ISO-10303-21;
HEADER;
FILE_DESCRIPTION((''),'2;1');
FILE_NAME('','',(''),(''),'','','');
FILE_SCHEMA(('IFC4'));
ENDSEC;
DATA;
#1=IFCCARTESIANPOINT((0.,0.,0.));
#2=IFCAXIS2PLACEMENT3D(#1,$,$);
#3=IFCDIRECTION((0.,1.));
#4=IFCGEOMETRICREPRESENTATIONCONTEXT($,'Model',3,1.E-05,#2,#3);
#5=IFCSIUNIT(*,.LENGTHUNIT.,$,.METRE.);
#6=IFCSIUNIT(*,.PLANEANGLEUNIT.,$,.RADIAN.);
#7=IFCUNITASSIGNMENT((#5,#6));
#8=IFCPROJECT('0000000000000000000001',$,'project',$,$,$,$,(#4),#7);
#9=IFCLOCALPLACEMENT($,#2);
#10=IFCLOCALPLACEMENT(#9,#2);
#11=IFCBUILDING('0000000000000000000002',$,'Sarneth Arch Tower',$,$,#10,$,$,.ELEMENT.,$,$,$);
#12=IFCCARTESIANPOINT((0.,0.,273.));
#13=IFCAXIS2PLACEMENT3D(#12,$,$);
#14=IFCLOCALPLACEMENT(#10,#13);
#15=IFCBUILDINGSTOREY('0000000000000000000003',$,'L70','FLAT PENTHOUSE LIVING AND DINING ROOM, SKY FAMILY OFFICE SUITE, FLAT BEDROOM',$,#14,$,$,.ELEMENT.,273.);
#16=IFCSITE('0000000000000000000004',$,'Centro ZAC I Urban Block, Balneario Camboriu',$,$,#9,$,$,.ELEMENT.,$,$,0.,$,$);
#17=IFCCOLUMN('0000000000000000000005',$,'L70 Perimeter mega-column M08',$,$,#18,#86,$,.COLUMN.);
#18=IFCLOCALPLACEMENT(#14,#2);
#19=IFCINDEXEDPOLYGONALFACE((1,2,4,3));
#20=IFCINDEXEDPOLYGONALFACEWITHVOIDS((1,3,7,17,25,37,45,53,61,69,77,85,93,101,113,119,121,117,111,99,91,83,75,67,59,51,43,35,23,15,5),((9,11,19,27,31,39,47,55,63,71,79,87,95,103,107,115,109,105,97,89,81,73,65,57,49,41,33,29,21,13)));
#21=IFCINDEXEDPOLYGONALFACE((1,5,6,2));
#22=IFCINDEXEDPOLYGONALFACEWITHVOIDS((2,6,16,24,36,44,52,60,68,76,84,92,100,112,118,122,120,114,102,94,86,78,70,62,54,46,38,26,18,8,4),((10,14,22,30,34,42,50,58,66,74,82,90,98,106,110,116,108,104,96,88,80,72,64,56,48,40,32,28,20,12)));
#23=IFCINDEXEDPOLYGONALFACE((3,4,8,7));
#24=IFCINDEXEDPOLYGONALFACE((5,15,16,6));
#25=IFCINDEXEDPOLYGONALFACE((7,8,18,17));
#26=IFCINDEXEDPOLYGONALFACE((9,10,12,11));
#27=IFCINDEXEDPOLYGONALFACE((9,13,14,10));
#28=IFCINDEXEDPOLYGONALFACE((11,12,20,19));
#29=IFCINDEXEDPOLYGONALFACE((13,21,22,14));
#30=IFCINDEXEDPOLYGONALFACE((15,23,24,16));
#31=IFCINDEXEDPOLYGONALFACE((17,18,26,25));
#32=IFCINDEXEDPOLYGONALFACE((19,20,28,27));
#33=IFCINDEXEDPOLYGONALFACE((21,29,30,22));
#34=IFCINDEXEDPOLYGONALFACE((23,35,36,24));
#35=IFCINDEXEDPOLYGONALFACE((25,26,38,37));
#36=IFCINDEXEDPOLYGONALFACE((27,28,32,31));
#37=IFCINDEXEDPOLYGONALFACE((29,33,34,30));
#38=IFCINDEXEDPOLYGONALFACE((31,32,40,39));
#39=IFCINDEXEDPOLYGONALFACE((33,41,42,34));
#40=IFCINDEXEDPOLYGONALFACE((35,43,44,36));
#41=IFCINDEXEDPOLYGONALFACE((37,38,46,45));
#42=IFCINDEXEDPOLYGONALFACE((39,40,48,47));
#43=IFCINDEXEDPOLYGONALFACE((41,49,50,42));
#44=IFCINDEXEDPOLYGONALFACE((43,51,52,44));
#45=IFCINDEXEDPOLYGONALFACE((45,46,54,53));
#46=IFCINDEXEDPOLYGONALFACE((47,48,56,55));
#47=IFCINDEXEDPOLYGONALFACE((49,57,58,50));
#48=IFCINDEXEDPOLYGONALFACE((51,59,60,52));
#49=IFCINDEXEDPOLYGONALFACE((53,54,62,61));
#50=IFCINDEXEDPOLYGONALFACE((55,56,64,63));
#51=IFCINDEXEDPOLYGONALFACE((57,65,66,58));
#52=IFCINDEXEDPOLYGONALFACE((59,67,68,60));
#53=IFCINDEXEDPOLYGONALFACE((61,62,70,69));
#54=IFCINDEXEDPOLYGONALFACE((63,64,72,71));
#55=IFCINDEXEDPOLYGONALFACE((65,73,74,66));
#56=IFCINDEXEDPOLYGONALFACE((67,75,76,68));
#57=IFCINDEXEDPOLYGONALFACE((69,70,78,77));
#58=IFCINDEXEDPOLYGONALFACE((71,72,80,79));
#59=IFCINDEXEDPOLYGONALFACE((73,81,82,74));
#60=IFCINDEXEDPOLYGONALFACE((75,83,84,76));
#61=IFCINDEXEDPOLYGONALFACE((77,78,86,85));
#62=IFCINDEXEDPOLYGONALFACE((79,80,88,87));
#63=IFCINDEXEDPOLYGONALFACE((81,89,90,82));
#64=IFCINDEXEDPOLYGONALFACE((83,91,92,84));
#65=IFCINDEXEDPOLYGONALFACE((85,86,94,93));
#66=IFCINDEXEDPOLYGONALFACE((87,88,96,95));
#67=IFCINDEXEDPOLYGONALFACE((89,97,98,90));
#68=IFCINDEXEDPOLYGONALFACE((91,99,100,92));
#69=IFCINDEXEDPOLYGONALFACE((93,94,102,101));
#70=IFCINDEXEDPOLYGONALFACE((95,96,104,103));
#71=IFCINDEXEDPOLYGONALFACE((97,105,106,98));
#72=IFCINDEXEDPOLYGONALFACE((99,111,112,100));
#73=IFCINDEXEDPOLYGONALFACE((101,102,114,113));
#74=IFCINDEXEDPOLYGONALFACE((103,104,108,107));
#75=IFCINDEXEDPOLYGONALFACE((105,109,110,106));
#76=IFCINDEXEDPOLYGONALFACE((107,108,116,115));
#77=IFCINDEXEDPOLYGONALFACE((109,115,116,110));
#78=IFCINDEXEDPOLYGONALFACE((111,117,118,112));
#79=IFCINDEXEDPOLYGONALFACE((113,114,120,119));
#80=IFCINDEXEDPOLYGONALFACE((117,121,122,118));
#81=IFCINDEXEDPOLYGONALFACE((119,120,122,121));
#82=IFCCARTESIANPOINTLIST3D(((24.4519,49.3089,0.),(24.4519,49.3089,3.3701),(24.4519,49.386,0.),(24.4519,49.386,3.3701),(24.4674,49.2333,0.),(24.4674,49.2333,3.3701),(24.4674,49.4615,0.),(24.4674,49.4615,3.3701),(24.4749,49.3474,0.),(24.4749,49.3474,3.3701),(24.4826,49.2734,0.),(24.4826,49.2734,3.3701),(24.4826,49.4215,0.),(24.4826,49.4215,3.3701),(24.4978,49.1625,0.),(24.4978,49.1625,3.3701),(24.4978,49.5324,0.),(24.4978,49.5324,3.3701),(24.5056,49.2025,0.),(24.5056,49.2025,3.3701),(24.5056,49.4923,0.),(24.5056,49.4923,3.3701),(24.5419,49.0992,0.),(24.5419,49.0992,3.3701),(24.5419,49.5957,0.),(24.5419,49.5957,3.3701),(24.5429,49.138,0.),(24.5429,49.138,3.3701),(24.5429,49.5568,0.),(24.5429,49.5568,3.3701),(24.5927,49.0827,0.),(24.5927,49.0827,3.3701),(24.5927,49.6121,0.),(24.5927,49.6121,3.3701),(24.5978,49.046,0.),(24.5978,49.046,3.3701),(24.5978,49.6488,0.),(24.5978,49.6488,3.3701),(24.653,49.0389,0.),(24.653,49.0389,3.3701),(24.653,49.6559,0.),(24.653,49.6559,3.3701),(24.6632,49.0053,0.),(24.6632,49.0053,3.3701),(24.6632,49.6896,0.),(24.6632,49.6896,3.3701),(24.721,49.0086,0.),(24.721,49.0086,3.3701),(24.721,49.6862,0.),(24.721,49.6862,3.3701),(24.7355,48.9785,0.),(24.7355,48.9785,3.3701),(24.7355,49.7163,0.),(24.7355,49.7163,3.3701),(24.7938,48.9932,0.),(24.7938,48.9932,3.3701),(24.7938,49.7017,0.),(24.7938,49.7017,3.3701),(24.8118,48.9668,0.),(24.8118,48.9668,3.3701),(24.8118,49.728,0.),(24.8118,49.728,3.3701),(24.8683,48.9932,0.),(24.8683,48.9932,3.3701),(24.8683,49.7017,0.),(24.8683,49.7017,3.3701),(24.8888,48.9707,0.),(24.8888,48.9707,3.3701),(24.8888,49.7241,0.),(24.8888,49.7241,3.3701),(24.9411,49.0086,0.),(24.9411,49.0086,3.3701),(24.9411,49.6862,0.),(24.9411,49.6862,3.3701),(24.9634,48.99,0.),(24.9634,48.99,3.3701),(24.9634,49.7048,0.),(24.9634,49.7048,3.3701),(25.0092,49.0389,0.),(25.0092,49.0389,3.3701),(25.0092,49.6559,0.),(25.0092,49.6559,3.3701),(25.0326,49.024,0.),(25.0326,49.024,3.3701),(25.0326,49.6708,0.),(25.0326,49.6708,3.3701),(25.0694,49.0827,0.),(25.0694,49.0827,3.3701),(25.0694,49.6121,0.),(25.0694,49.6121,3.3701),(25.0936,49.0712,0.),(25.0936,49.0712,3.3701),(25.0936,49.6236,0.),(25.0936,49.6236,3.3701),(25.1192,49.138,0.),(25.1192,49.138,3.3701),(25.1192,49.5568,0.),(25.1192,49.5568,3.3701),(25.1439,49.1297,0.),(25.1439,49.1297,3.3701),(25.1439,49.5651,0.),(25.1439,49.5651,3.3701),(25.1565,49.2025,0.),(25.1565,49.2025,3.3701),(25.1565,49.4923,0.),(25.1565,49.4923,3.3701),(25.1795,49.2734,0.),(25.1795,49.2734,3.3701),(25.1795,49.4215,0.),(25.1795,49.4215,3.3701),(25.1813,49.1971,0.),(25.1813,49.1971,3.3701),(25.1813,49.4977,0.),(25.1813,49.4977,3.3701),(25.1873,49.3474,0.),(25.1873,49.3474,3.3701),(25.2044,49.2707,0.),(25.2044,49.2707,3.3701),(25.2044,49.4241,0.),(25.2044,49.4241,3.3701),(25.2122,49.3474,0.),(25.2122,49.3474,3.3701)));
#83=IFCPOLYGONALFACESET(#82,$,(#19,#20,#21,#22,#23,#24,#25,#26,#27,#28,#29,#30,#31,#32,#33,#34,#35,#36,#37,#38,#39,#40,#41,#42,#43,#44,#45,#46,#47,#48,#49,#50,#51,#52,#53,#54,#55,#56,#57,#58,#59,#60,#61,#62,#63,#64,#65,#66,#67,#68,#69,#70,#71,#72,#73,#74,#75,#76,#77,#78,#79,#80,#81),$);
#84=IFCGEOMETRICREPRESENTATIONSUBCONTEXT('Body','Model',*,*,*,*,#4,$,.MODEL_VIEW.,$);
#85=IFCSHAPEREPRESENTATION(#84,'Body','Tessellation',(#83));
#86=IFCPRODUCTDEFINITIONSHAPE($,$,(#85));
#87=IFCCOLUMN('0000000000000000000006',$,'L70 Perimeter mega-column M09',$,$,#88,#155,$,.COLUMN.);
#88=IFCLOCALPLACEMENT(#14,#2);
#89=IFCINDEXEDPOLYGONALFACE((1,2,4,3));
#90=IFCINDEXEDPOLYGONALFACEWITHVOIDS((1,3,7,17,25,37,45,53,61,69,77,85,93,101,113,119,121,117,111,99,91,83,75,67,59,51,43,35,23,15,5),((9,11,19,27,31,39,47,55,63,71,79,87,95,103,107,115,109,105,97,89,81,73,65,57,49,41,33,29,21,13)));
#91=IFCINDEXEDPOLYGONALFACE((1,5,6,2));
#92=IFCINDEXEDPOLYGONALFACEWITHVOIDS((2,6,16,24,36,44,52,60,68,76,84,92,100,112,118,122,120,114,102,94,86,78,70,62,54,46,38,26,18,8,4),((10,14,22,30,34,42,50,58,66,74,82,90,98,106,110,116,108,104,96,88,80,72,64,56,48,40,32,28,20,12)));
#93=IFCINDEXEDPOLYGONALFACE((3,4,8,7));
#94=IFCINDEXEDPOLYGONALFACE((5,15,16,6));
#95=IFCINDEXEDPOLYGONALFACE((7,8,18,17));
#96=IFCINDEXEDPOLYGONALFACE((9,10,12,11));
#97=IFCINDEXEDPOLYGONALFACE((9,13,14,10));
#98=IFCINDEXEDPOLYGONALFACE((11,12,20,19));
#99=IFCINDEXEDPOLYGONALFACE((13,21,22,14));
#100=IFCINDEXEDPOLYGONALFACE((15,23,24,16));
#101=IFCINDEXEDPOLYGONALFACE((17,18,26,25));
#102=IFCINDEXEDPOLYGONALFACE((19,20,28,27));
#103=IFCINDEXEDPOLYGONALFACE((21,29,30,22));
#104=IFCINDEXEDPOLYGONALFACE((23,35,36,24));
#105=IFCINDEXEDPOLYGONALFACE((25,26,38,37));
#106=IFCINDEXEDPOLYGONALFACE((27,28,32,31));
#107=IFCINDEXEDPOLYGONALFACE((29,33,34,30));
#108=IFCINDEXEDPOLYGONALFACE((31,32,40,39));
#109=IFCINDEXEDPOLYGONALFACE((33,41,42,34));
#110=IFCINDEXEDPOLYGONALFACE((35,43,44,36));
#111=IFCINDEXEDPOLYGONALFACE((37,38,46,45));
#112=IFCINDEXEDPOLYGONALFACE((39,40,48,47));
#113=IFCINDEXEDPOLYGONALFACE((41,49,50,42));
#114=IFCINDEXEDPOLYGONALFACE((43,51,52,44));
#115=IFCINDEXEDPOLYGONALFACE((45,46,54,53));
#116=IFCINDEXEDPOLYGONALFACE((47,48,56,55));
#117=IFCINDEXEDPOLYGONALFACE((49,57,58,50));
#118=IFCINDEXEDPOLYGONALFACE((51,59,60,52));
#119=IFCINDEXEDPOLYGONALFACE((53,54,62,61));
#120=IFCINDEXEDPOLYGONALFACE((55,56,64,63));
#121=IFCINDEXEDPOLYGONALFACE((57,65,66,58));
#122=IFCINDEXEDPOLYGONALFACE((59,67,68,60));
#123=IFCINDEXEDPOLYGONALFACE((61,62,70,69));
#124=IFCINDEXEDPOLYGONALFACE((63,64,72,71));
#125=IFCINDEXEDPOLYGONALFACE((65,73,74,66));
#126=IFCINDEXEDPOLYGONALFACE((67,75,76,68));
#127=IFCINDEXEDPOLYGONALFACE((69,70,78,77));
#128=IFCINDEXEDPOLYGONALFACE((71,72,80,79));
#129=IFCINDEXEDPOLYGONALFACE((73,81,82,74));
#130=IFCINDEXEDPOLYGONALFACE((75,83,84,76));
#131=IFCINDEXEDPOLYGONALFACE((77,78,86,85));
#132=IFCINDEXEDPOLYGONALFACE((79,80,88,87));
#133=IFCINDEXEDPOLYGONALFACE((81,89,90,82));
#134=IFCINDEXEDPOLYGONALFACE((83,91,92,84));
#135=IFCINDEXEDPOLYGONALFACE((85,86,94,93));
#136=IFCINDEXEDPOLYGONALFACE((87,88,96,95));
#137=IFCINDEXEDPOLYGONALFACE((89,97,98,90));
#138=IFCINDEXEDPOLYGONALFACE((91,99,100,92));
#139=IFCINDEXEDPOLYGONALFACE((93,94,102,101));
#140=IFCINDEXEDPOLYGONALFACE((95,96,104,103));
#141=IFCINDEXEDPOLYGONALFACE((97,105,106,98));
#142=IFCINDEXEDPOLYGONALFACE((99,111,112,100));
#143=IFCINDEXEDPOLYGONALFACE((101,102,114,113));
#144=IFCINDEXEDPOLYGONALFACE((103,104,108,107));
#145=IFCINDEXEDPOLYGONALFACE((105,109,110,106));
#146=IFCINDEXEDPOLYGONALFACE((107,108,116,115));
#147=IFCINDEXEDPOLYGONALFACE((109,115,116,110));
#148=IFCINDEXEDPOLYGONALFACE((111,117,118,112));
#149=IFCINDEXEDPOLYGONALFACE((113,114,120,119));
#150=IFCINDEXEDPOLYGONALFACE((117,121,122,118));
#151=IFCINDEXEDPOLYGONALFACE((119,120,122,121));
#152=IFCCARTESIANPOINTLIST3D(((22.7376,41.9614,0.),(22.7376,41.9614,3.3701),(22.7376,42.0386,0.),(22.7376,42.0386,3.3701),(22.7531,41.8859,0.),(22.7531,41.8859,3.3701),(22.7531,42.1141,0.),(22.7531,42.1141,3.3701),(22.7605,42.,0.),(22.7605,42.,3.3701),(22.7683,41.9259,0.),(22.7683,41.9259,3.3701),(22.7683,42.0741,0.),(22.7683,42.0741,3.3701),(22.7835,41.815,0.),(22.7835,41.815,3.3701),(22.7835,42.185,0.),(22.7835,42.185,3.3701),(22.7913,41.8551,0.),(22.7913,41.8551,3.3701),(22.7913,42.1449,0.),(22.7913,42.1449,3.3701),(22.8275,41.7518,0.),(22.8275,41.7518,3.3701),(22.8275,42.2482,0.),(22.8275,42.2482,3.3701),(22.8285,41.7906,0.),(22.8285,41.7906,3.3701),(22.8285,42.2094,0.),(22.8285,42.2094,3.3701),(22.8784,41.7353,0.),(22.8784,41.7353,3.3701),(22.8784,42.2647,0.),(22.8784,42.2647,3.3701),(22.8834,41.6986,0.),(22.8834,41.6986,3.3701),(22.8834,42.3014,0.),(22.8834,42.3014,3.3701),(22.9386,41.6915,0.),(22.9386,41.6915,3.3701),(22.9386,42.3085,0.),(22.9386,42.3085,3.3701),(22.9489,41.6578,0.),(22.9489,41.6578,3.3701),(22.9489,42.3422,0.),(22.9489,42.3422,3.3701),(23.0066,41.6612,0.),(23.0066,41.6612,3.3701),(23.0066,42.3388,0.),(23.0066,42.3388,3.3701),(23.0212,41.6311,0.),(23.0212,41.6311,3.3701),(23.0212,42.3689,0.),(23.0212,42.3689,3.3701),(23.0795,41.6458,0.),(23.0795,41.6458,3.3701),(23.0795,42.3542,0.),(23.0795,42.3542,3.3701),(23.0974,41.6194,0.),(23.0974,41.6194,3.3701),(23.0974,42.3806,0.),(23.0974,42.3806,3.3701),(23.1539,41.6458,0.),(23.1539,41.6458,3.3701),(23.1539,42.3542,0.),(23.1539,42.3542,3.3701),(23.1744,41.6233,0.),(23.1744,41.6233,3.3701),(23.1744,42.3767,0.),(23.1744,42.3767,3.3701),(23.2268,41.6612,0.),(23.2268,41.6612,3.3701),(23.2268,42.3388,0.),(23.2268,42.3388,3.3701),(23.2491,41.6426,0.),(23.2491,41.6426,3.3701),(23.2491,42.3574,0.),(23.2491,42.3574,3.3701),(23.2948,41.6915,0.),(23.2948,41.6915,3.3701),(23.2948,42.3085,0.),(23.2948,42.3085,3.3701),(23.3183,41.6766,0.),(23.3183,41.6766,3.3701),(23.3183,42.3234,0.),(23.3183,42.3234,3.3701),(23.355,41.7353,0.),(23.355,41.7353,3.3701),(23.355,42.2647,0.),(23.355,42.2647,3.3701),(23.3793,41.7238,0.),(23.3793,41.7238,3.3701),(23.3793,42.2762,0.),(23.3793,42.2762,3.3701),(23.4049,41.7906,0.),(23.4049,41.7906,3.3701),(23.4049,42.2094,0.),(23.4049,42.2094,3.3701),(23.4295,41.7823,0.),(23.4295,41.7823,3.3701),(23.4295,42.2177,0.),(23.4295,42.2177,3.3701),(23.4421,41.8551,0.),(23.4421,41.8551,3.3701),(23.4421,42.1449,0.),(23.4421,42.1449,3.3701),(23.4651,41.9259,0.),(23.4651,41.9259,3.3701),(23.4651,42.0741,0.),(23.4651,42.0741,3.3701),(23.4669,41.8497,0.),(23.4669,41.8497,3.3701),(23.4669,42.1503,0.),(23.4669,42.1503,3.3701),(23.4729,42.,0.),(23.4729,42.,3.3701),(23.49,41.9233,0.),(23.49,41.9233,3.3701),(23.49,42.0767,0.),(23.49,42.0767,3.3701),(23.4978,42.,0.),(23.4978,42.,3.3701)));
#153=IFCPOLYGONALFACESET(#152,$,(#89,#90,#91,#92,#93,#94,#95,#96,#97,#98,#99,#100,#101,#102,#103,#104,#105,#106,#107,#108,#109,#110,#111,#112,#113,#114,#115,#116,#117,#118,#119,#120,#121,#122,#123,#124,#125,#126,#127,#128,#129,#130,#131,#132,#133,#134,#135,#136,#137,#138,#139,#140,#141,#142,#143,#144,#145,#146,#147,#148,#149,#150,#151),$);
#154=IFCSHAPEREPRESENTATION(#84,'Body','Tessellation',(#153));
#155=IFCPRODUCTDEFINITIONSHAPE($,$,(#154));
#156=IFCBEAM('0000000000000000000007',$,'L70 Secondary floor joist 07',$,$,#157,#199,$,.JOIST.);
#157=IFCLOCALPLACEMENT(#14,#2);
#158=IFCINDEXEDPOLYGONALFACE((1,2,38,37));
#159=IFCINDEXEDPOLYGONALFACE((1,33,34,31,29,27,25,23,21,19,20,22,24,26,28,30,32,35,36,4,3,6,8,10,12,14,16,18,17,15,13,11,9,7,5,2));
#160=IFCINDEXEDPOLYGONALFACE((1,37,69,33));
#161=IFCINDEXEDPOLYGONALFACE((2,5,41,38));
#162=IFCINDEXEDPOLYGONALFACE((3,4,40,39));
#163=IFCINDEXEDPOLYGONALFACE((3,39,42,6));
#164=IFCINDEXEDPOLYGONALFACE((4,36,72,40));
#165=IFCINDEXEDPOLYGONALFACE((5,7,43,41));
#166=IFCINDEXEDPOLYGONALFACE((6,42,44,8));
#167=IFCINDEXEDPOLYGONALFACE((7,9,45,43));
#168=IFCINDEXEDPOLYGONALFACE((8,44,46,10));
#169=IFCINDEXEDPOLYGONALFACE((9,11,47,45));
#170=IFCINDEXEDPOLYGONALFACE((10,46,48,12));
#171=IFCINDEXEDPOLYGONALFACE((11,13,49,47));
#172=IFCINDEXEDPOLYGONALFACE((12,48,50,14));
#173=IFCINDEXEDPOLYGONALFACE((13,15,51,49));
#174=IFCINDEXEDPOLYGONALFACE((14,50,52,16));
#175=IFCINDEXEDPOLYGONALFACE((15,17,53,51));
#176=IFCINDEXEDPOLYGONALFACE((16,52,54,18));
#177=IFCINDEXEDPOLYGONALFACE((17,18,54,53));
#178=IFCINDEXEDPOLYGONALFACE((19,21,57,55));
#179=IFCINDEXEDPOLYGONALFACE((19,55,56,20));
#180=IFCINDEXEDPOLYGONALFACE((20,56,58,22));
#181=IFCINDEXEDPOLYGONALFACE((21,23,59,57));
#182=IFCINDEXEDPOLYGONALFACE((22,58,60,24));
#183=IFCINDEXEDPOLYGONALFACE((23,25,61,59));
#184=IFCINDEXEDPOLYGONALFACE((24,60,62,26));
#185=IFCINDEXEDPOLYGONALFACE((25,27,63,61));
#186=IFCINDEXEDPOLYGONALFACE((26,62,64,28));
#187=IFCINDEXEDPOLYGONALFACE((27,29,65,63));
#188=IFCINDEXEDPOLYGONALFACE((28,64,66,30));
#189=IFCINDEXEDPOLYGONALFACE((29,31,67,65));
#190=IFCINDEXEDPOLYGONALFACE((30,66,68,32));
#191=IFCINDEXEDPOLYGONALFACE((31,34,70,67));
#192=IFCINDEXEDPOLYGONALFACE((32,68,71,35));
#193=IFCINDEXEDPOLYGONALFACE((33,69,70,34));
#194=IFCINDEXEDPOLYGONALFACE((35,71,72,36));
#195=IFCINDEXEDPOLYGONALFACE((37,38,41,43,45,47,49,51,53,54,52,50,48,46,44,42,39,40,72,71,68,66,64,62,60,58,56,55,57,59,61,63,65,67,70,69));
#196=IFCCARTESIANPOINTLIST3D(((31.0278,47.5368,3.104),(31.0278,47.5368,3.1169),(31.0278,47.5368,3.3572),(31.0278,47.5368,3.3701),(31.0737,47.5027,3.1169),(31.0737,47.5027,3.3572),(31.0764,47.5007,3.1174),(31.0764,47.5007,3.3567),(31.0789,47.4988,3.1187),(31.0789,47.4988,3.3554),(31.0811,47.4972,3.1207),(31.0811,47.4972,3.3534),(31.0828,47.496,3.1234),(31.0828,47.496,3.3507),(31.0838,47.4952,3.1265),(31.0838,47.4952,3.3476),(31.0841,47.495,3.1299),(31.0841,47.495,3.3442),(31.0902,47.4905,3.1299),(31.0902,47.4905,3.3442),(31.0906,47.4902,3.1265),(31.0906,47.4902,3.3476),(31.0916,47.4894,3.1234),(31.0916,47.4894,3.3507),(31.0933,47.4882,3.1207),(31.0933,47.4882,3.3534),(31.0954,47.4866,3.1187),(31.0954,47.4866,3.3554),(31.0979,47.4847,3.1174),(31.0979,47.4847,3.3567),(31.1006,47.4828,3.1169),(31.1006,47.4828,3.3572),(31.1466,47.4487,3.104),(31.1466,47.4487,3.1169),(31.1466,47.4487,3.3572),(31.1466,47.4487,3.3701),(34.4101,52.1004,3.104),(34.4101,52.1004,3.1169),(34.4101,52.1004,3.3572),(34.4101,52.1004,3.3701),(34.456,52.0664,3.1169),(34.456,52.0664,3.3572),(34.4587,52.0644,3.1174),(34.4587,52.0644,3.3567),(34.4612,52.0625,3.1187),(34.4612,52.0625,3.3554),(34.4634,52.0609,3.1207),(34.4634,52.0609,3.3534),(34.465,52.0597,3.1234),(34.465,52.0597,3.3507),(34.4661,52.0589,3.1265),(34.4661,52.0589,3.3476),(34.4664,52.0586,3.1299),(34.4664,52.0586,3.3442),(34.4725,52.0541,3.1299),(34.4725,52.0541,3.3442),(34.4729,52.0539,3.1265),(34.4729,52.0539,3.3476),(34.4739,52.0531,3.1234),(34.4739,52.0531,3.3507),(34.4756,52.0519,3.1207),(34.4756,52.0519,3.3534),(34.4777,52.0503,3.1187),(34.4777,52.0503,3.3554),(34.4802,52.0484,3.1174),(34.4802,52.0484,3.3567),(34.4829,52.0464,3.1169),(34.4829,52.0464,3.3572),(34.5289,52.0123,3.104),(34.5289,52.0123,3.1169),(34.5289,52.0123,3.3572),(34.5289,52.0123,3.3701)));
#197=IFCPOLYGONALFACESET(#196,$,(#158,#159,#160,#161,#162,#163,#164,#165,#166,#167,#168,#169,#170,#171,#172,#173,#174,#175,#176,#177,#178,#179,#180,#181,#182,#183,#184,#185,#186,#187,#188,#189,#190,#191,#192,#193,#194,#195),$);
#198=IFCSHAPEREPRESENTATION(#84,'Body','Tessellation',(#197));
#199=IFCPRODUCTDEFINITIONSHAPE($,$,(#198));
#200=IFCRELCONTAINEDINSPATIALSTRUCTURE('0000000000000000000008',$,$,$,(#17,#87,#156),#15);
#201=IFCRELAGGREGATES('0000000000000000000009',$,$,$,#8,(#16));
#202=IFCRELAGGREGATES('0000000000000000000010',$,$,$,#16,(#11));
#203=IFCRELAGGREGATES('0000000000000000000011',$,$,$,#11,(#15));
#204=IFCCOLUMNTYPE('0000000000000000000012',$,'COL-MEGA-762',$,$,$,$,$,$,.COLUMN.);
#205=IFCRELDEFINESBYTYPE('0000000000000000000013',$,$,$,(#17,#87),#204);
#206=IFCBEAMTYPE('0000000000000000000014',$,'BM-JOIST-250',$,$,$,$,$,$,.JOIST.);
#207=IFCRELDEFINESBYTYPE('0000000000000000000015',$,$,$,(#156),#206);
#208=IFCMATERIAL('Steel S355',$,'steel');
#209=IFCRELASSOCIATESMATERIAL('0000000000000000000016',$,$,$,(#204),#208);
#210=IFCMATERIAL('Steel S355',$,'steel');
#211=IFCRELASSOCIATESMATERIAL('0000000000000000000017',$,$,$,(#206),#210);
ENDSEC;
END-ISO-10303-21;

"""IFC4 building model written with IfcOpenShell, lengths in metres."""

from ifc_helpers import new_model, si_unit, direction, frame, origin, origin_2d, place, context, subcontext, project, spatial, hollow_circle, i_section, extrude, material, material_profile, profile_set, type_object, element, save


model = new_model("IFC4")

# Units and contexts
model_context = context("Model", 3, precision=1e-05, world=origin(), true_north=direction((0.0, 1.0)))
body_context = subcontext(model_context, "Body", "Model", "MODEL_VIEW")
ifc_project = project(units=[si_unit("LENGTHUNIT", "METRE"), si_unit("PLANEANGLEUNIT", "RADIAN")], contexts=[model_context])

# Site, building, storey
site_placement = place(None, origin())
site = spatial("IfcSite", under=ifc_project, at=site_placement, Name="Centro ZAC I Urban Block, Balneario Camboriu", CompositionType="ELEMENT", RefElevation=0.0)
building_placement = place(site_placement, origin())
building = spatial("IfcBuilding", under=site, at=building_placement, Name="Sarneth Arch Tower", CompositionType="ELEMENT")
storey_placement = place(building_placement, frame((0.0, 0.0, 273.0)))
storey = spatial("IfcBuildingStorey", under=building, at=storey_placement, Name="L70", Description="FLAT PENTHOUSE LIVING AND DINING ROOM, SKY FAMILY OFFICE SUITE, FLAT BEDROOM", CompositionType="ELEMENT", Elevation=273.0)

# Columns
ifc_material_1 = material(Name="Steel S355", Category="steel")
ifc_material_profile_1 = material_profile(ifc_material_1, hollow_circle(Radius=0.3811, WallThickness=0.0249, at=origin_2d()), Name="CHS762x25")
ifc_profile_set_1 = profile_set([ifc_material_profile_1], Name="Steel S355")
column_type = type_object("IfcColumnType", Name="COL-MEGA-762", PredefinedType="COLUMN", material=ifc_profile_set_1)
for number, where, z_axis, x_axis, name in (
    (1, (24.8311, 49.3474, 0.0), (0.0, 0.0, 1.0), (1.0, 0.0, 0.0), "L70 Perimeter mega-column M08"),
    (2, (23.1167, 42.0, 0.0), (0.0, 0.0, 1.0), (1.0, 0.0, 0.0), "L70 Perimeter mega-column M09"),
):
    element("IfcColumn", number, at=place(storey_placement, frame(where, z_axis=z_axis, x_axis=x_axis)), inside=storey, type_object=column_type, Name=name, PredefinedType="COLUMN", context=body_context, shape_type="SweptSolid", body=[
        extrude(hollow_circle(Radius=0.3811, WallThickness=0.0249, at=origin_2d()), origin(), (0.0, 0.0, 1.0), 3.3701),
    ])

# Beam
ifc_material_2 = material(Name="Steel S355", Category="steel")
ifc_material_profile_2 = material_profile(ifc_material_2, i_section(OverallWidth=0.1479, OverallDepth=0.2661, WebThickness=0.0076, FlangeThickness=0.0129, FilletRadius=0.0129, at=origin_2d()), Name="W250x44.8")
ifc_profile_set_2 = profile_set([ifc_material_profile_2], Name="Steel S355")
beam_type_1 = type_object("IfcBeamType", Name="BM-JOIST-250", PredefinedType="JOIST", material=ifc_profile_set_2)
beam_1_placement = place(storey_placement, frame((34.4695, 52.0564, 3.2371), z_axis=(-0.595431, -0.803406, 0.0), x_axis=(0.803406, -0.595431, 0.0)))
element("IfcBeam", 3, at=beam_1_placement, inside=storey, type_object=beam_type_1, Name="L70 Secondary floor joist 07", PredefinedType="JOIST", context=body_context, shape_type="SweptSolid", body=[
    extrude(i_section(OverallWidth=0.1479, OverallDepth=0.2661, WebThickness=0.0076, FlangeThickness=0.0129, FilletRadius=0.0129, at=origin_2d()), origin(), (0.0, 0.0, 1.0), 5.6804),
])

save(model, "model.ifc")
